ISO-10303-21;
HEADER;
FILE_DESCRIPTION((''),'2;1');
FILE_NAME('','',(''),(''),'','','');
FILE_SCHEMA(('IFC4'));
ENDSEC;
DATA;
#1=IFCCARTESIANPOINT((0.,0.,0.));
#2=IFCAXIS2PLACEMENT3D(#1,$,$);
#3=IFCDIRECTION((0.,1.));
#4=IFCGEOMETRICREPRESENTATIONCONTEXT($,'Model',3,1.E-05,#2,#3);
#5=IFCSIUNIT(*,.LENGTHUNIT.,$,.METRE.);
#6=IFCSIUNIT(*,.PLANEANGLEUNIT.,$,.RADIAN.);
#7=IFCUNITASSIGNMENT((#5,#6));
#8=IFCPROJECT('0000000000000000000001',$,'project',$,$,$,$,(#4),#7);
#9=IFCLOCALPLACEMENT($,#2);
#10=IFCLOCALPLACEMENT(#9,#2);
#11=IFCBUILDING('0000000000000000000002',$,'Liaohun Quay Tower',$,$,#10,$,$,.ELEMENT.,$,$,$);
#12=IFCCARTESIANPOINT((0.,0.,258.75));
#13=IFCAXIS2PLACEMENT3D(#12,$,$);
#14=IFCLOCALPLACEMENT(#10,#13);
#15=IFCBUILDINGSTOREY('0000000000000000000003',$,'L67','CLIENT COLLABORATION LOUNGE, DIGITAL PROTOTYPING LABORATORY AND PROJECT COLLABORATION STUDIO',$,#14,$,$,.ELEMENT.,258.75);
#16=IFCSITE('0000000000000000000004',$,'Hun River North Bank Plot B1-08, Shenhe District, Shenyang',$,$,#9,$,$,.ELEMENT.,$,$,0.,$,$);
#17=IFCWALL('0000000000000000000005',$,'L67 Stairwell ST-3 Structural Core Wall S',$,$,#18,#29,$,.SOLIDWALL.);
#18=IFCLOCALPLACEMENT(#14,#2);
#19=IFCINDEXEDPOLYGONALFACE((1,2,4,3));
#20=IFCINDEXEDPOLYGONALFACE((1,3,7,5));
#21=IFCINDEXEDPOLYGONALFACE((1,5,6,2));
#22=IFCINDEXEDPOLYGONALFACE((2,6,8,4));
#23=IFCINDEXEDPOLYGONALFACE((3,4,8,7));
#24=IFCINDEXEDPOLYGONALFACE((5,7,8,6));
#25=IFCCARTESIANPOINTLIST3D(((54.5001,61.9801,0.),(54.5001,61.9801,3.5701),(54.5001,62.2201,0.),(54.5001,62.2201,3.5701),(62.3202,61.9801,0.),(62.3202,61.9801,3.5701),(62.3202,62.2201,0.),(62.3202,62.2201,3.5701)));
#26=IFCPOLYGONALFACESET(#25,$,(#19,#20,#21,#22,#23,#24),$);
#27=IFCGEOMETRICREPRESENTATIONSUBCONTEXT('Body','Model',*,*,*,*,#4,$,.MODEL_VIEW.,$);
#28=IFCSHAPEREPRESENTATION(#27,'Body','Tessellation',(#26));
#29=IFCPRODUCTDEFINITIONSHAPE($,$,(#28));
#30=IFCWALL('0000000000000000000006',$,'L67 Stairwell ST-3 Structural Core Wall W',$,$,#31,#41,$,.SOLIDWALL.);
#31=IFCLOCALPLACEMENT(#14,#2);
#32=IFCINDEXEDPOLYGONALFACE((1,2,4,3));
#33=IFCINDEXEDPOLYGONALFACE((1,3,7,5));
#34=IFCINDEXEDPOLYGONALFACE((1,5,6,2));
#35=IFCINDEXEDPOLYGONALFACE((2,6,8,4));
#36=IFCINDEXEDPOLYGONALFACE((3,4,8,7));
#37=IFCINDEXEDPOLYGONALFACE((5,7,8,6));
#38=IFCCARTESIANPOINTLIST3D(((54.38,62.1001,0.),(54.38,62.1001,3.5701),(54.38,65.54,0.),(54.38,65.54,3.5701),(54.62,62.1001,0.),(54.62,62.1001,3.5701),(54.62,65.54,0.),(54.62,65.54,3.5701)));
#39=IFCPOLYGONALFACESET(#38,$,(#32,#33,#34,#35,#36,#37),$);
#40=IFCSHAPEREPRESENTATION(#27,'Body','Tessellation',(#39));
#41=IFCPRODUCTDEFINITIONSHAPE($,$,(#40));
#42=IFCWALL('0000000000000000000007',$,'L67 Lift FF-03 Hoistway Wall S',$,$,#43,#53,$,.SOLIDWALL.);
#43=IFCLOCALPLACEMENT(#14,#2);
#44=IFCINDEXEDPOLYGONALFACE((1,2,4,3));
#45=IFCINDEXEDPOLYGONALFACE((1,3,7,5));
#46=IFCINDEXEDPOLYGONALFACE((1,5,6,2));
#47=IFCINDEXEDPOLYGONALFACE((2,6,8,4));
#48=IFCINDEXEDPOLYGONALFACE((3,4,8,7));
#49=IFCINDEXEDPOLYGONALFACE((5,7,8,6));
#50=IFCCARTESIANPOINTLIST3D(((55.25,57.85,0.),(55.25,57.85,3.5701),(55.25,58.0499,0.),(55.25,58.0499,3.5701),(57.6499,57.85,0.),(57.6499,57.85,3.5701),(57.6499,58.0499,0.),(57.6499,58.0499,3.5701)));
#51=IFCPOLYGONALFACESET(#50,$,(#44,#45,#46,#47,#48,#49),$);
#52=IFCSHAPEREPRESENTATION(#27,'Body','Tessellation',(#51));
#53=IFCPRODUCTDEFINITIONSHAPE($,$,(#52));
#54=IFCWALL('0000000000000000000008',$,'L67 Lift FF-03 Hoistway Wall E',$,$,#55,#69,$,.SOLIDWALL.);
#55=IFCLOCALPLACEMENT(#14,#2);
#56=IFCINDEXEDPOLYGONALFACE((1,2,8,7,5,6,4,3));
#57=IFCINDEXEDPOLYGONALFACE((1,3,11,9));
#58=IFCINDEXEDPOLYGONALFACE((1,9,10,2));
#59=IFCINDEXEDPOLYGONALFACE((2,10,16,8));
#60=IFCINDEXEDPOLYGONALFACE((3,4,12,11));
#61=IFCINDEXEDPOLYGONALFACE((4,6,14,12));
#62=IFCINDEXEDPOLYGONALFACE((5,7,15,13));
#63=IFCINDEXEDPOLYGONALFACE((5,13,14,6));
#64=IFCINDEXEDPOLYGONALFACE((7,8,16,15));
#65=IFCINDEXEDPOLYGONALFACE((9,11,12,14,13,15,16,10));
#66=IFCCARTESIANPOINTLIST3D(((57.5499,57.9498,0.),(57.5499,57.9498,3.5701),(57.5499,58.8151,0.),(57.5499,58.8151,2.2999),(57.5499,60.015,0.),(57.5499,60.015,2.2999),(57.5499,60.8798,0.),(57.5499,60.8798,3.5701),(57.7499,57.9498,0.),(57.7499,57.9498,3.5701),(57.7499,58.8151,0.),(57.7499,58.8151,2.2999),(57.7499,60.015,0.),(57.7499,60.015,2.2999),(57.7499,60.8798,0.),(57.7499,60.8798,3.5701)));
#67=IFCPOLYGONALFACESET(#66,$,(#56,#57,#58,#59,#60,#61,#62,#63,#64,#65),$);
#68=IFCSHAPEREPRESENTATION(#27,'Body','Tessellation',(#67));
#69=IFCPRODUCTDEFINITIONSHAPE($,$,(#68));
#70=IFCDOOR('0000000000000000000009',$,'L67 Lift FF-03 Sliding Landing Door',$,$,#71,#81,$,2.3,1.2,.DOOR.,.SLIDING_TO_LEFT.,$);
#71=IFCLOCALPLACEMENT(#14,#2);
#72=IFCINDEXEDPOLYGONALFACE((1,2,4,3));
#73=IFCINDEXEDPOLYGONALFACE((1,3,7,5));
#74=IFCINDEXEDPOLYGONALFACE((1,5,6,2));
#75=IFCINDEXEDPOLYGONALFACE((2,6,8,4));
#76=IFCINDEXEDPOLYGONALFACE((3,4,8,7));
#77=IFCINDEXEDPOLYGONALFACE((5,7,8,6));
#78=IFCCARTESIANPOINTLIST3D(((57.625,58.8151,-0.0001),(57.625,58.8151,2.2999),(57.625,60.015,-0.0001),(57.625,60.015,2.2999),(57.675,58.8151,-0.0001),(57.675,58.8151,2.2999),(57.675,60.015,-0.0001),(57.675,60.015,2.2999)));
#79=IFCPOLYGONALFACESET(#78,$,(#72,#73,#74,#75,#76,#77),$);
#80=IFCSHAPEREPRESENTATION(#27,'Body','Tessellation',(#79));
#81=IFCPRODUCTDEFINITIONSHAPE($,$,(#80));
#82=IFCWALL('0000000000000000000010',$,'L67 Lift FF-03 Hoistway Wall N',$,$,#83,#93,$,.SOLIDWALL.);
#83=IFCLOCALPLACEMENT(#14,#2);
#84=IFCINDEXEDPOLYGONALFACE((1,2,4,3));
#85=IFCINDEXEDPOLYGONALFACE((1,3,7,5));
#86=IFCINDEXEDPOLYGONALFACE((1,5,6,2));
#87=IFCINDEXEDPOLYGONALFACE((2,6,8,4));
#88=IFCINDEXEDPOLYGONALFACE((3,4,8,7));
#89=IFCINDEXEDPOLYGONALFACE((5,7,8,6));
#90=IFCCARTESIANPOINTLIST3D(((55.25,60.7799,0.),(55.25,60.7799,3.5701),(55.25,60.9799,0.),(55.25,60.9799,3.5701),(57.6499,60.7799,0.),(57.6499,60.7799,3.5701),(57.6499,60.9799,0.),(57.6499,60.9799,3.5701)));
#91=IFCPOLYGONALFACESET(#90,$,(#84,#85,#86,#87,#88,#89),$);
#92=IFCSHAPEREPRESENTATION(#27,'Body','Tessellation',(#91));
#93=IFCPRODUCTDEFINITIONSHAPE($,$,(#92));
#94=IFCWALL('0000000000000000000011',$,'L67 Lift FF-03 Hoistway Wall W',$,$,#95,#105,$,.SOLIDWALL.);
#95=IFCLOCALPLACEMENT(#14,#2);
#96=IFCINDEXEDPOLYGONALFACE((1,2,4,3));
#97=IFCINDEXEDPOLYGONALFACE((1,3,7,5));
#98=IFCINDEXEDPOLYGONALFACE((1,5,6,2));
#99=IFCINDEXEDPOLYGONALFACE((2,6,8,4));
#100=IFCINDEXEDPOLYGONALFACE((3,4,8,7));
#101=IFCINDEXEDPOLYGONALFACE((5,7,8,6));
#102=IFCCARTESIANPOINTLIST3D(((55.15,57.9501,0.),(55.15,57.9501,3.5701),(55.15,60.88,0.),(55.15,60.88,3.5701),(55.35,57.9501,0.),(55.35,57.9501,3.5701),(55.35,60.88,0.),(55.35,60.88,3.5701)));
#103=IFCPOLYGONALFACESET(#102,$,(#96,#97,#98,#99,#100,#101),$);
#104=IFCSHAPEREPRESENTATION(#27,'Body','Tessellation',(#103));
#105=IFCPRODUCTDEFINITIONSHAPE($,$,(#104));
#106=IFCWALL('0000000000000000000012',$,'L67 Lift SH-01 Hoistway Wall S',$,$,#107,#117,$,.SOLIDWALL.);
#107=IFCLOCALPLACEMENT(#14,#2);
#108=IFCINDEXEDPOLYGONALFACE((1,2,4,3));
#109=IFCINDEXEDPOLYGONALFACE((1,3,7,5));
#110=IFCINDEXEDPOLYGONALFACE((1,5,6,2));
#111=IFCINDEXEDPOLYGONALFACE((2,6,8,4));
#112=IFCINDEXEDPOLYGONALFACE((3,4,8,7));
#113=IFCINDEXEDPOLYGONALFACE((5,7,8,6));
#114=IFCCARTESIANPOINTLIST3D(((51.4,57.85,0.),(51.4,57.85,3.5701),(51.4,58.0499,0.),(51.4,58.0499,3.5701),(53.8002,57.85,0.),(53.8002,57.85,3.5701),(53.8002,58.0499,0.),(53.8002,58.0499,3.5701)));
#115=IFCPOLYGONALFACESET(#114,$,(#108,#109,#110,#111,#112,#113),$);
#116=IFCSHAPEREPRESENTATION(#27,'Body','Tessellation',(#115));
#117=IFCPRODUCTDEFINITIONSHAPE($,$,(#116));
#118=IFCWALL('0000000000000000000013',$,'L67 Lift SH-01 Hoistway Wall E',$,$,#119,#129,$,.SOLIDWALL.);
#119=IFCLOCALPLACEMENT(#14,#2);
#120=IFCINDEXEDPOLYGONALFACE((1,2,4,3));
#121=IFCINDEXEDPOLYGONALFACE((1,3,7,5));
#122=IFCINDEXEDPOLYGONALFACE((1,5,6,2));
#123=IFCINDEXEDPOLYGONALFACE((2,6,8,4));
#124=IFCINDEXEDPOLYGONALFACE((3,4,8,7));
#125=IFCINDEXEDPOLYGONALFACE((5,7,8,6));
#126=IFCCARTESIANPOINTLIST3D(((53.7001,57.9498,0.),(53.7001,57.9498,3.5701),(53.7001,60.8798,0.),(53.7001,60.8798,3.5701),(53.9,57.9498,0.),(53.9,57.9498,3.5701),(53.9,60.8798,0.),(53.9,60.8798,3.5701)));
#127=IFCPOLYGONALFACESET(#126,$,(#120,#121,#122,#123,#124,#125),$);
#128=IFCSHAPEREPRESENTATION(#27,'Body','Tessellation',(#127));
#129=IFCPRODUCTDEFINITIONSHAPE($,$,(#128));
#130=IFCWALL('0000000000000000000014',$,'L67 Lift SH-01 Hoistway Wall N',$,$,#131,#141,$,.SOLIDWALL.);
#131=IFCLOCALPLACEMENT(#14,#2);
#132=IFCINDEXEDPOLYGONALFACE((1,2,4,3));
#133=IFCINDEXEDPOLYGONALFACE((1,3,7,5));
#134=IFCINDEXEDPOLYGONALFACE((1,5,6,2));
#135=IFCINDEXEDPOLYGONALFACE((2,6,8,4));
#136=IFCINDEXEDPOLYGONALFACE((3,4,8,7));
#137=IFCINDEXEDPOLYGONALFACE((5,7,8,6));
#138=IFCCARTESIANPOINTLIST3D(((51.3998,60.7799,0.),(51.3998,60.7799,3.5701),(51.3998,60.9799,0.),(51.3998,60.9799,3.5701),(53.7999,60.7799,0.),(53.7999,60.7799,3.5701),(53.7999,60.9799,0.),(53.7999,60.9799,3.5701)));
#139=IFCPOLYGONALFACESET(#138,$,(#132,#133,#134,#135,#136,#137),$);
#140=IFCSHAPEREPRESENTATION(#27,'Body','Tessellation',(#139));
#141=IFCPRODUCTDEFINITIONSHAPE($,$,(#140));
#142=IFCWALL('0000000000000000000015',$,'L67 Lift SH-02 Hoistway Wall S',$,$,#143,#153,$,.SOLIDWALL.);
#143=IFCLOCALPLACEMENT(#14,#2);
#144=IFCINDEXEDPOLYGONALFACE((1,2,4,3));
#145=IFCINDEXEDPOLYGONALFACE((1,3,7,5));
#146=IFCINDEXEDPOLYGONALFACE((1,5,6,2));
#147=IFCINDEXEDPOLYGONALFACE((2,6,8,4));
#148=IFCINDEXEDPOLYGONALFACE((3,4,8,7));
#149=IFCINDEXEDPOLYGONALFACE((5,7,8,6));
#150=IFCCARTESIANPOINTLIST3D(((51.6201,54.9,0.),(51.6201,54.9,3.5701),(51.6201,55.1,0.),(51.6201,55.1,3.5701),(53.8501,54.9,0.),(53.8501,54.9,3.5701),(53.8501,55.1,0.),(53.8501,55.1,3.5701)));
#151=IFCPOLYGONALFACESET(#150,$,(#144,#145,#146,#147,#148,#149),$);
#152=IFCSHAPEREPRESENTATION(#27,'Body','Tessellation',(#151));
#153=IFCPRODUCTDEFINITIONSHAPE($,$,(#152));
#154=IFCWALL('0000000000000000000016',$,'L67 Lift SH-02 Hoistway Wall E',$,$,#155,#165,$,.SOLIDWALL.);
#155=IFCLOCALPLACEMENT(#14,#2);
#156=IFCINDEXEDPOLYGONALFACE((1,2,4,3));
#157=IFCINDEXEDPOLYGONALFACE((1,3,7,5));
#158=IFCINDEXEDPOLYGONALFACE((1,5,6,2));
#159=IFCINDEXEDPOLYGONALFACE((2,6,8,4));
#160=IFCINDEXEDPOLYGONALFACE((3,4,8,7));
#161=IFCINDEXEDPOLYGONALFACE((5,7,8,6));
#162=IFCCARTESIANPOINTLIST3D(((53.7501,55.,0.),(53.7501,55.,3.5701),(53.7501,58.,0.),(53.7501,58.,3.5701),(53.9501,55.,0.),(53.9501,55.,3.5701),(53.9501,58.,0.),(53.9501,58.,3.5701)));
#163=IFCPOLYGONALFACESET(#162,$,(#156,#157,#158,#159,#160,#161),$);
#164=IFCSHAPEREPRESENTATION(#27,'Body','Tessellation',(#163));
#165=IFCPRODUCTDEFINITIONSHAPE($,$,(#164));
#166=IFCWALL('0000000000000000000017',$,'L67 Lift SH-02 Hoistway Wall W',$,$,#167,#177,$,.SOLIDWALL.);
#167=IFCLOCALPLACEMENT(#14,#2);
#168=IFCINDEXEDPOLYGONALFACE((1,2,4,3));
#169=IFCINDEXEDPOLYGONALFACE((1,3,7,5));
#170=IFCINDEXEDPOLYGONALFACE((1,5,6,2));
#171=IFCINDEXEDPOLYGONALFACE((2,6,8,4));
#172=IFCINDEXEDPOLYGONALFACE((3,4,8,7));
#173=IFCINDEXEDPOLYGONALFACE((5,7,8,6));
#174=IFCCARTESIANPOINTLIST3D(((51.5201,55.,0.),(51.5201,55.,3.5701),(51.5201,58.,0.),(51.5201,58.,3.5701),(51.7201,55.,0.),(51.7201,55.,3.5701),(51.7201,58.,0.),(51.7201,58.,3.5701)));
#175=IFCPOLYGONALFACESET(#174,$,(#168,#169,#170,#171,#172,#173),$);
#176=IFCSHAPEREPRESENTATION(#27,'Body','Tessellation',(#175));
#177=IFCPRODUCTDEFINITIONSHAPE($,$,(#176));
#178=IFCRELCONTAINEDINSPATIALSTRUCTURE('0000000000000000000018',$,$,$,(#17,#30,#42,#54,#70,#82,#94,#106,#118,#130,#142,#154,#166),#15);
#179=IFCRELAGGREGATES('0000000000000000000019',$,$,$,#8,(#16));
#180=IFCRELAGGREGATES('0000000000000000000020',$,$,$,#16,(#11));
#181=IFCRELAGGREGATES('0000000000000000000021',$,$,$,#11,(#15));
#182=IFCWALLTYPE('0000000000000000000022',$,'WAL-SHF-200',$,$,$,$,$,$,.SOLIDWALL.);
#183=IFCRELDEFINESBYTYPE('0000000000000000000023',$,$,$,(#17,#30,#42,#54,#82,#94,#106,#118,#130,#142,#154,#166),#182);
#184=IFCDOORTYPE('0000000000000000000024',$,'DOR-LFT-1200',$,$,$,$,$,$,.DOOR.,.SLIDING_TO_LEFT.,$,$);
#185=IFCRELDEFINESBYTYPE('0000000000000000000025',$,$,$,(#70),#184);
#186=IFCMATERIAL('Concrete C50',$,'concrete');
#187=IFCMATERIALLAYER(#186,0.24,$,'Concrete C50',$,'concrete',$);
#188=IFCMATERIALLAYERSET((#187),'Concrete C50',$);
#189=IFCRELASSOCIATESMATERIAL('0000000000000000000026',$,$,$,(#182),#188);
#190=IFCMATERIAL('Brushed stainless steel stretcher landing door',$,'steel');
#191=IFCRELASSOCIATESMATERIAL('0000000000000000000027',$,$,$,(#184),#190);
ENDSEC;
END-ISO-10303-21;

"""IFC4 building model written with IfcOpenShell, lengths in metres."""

from ifc_helpers import new_model, si_unit, direction, frame, frame_2d, origin, place, context, subcontext, project, spatial, rectangle, extrude, source, transform, mapped, material, layer, layer_set, type_object, element, fill, save


model = new_model("IFC4")

# Units and contexts
model_context = context("Model", 3, precision=1e-05, world=origin(), true_north=direction((0.0, 1.0)))
body_context = subcontext(model_context, "Body", "Model", "MODEL_VIEW")
ifc_project = project(units=[si_unit("LENGTHUNIT", "METRE"), si_unit("PLANEANGLEUNIT", "RADIAN")], contexts=[model_context])

# Site, building, storey
site_placement = place(None, origin())
site = spatial("IfcSite", under=ifc_project, at=site_placement, Name="Hun River North Bank Plot B1-08, Shenhe District, Shenyang", CompositionType="ELEMENT", RefElevation=0.0)
building_placement = place(site_placement, origin())
building = spatial("IfcBuilding", under=site, at=building_placement, Name="Liaohun Quay Tower", CompositionType="ELEMENT")
storey_placement = place(building_placement, frame((0.0, 0.0, 258.75)))
storey = spatial("IfcBuildingStorey", under=building, at=storey_placement, Name="L67", Description="CLIENT COLLABORATION LOUNGE, DIGITAL PROTOTYPING LABORATORY AND PROJECT COLLABORATION STUDIO", CompositionType="ELEMENT", Elevation=258.75)

# Walls
ifc_material_1 = material(Name="Concrete C50", Category="concrete")
ifc_layer_1 = layer(ifc_material_1, 0.24, Name="Concrete C50", Category="concrete")
ifc_layer_set_1 = layer_set([ifc_layer_1], Name="Concrete C50")
wall_type_1 = type_object("IfcWallType", Name="WAL-SHF-200", PredefinedType="SOLIDWALL", material=ifc_layer_set_1)
wall_1_placement = place(storey_placement, frame((54.5, 62.1001, 0.0), z_axis=(0.0, 0.0, 1.0), x_axis=(1.0, 0.0, 0.0)))
element("IfcWall", 1, at=wall_1_placement, inside=storey, type_object=wall_type_1, Name="L67 Stairwell ST-3 Structural Core Wall S", PredefinedType="SOLIDWALL", context=body_context, shape_type="SweptSolid", body=[
    extrude(rectangle(XDim=7.8201, YDim=0.24, at=frame_2d((3.9102, 0.0))), origin(), (0.0, 0.0, 1.0), 3.5701),
])
wall_2_placement = place(storey_placement, frame((54.5, 65.54, 0.0), z_axis=(0.0, 0.0, 1.0), x_axis=(0.0, -1.0, 0.0)))
element("IfcWall", 2, at=wall_2_placement, inside=storey, type_object=wall_type_1, Name="L67 Stairwell ST-3 Structural Core Wall W", PredefinedType="SOLIDWALL", context=body_context, shape_type="SweptSolid", body=[
    extrude(rectangle(XDim=3.4399, YDim=0.24, at=frame_2d((1.72, 0.0))), origin(), (0.0, 0.0, 1.0), 3.5701),
])
wall_3_placement = place(storey_placement, frame((55.25, 57.95, 0.0), z_axis=(0.0, 0.0, 1.0), x_axis=(1.0, 0.0, 0.0)))
element("IfcWall", 3, at=wall_3_placement, inside=storey, type_object=wall_type_1, Name="L67 Lift FF-03 Hoistway Wall S", PredefinedType="SOLIDWALL", context=body_context, shape_type="SweptSolid", body=[
    extrude(rectangle(XDim=2.3999, YDim=0.2, at=frame_2d((1.2, 0.0))), origin(), (0.0, 0.0, 1.0), 3.5701),
])

# Wall, opening, door
wall_4_placement = place(storey_placement, frame((57.6499, 57.95, 0.0), z_axis=(0.0, 0.0, 1.0), x_axis=(0.0, 1.0, 0.0)))
wall_4 = element("IfcWall", 4, at=wall_4_placement, inside=storey, type_object=wall_type_1, Name="L67 Lift FF-03 Hoistway Wall E", PredefinedType="SOLIDWALL", context=body_context, shape_type="SweptSolid", body=[
    extrude(rectangle(XDim=2.9299, YDim=0.2, at=frame_2d((1.4648, 0.0))), origin(), (0.0, 0.0, 1.0), 3.5701),
])
shared_shape_1 = source(origin(), body_context, "Body", "SweptSolid", [
    extrude(rectangle(XDim=1.2, YDim=2.3, at=frame_2d((0.6001, 1.1499))), frame((0.0, 0.1099, 0.0), z_axis=(0.0, -1.0, 0.0), x_axis=(1.0, 0.0, 0.0)), (0.0, 0.0, 1.0), 0.22),
])
opening_1_placement = place(wall_4_placement, frame((0.865, 0.0, 0.0)))
opening_1 = element("IfcOpeningElement", 5, at=opening_1_placement, cuts=wall_4, PredefinedType="OPENING", context=body_context, shape_type="MappedRepresentation", body=[
    mapped(shared_shape_1, transform((0.0, 0.0, 0.0), x_axis=(1.0, 0.0, 0.0), y_axis=(0.0, 1.0, 0.0), z_axis=(0.0, 0.0, 1.0), scale=1.0)),
])
ifc_material_2 = material(Name="Brushed stainless steel stretcher landing door", Category="steel")
door_type_1 = type_object("IfcDoorType", Name="DOR-LFT-1200", OperationType="SLIDING_TO_LEFT", PredefinedType="DOOR", material=ifc_material_2)
shared_shape_2 = source(origin(), body_context, "Body", "SweptSolid", [
    extrude(rectangle(XDim=1.2, YDim=2.3, at=frame_2d((0.6001, 1.1499))), frame((0.0, 0.0249, 0.0), z_axis=(0.0, -1.0, 0.0), x_axis=(1.0, 0.0, 0.0)), (0.0, 0.0, 1.0), 0.05),
])
door_1_placement = place(opening_1_placement, origin())
door_1 = element("IfcDoor", 6, at=door_1_placement, inside=storey, type_object=door_type_1, Name="L67 Lift FF-03 Sliding Landing Door", OperationType="SLIDING_TO_LEFT", OverallHeight=2.3, OverallWidth=1.2, PredefinedType="DOOR", context=body_context, shape_type="MappedRepresentation", body=[
    mapped(shared_shape_2, transform((0.0, 0.0, 0.0), x_axis=(1.0, 0.0, 0.0), y_axis=(0.0, 1.0, 0.0), z_axis=(0.0, 0.0, 1.0), scale=1.0)),
])
fill(opening_1, door_1)

# Walls
wall_5_placement = place(storey_placement, frame((57.6499, 60.8799, 0.0), z_axis=(0.0, 0.0, 1.0), x_axis=(-1.0, 0.0, 0.0)))
element("IfcWall", 7, at=wall_5_placement, inside=storey, type_object=wall_type_1, Name="L67 Lift FF-03 Hoistway Wall N", PredefinedType="SOLIDWALL", context=body_context, shape_type="SweptSolid", body=[
    extrude(rectangle(XDim=2.3999, YDim=0.2, at=frame_2d((1.2, 0.0))), origin(), (0.0, 0.0, 1.0), 3.5701),
])
wall_6_placement = place(storey_placement, frame((55.25, 60.8799, 0.0), z_axis=(0.0, 0.0, 1.0), x_axis=(0.0, -1.0, 0.0)))
element("IfcWall", 8, at=wall_6_placement, inside=storey, type_object=wall_type_1, Name="L67 Lift FF-03 Hoistway Wall W", PredefinedType="SOLIDWALL", context=body_context, shape_type="SweptSolid", body=[
    extrude(rectangle(XDim=2.9299, YDim=0.2, at=frame_2d((1.4648, 0.0))), origin(), (0.0, 0.0, 1.0), 3.5701),
])
wall_7_placement = place(storey_placement, frame((51.3999, 57.95, 0.0), z_axis=(0.0, 0.0, 1.0), x_axis=(1.0, 0.0, 0.0)))
element("IfcWall", 9, at=wall_7_placement, inside=storey, type_object=wall_type_1, Name="L67 Lift SH-01 Hoistway Wall S", PredefinedType="SOLIDWALL", context=body_context, shape_type="SweptSolid", body=[
    extrude(rectangle(XDim=2.4001, YDim=0.2, at=frame_2d((1.2002, 0.0))), origin(), (0.0, 0.0, 1.0), 3.5701),
])
wall_8_placement = place(storey_placement, frame((53.8, 57.95, 0.0), z_axis=(0.0, 0.0, 1.0), x_axis=(0.0, 1.0, 0.0)))
element("IfcWall", 10, at=wall_8_placement, inside=storey, type_object=wall_type_1, Name="L67 Lift SH-01 Hoistway Wall E", PredefinedType="SOLIDWALL", context=body_context, shape_type="SweptSolid", body=[
    extrude(rectangle(XDim=2.9299, YDim=0.2, at=frame_2d((1.4648, 0.0))), origin(), (0.0, 0.0, 1.0), 3.5701),
])
wall_9_placement = place(storey_placement, frame((53.8, 60.8799, 0.0), z_axis=(0.0, 0.0, 1.0), x_axis=(-1.0, 0.0, 0.0)))
element("IfcWall", 11, at=wall_9_placement, inside=storey, type_object=wall_type_1, Name="L67 Lift SH-01 Hoistway Wall N", PredefinedType="SOLIDWALL", context=body_context, shape_type="SweptSolid", body=[
    extrude(rectangle(XDim=2.4001, YDim=0.2, at=frame_2d((1.2002, 0.0))), origin(), (0.0, 0.0, 1.0), 3.5701),
])
wall_10_placement = place(storey_placement, frame((51.6201, 55.0, 0.0), z_axis=(0.0, 0.0, 1.0), x_axis=(1.0, 0.0, 0.0)))
element("IfcWall", 12, at=wall_10_placement, inside=storey, type_object=wall_type_1, Name="L67 Lift SH-02 Hoistway Wall S", PredefinedType="SOLIDWALL", context=body_context, shape_type="SweptSolid", body=[
    extrude(rectangle(XDim=2.23, YDim=0.2, at=frame_2d((1.115, 0.0))), origin(), (0.0, 0.0, 1.0), 3.5701),
])
for number, where, z_axis, x_axis, name in (
    (13, (53.8501, 55.0, 0.0), (0.0, 0.0, 1.0), (0.0, 1.0, 0.0), "L67 Lift SH-02 Hoistway Wall E"),
    (14, (51.6201, 58.0, 0.0), (0.0, 0.0, 1.0), (0.0, -1.0, 0.0), "L67 Lift SH-02 Hoistway Wall W"),
):
    element("IfcWall", number, at=place(storey_placement, frame(where, z_axis=z_axis, x_axis=x_axis)), inside=storey, type_object=wall_type_1, Name=name, PredefinedType="SOLIDWALL", context=body_context, shape_type="SweptSolid", body=[
        extrude(rectangle(XDim=3.0, YDim=0.2, at=frame_2d((1.5, 0.0))), origin(), (0.0, 0.0, 1.0), 3.5701),
    ])

save(model, "model.ifc")
